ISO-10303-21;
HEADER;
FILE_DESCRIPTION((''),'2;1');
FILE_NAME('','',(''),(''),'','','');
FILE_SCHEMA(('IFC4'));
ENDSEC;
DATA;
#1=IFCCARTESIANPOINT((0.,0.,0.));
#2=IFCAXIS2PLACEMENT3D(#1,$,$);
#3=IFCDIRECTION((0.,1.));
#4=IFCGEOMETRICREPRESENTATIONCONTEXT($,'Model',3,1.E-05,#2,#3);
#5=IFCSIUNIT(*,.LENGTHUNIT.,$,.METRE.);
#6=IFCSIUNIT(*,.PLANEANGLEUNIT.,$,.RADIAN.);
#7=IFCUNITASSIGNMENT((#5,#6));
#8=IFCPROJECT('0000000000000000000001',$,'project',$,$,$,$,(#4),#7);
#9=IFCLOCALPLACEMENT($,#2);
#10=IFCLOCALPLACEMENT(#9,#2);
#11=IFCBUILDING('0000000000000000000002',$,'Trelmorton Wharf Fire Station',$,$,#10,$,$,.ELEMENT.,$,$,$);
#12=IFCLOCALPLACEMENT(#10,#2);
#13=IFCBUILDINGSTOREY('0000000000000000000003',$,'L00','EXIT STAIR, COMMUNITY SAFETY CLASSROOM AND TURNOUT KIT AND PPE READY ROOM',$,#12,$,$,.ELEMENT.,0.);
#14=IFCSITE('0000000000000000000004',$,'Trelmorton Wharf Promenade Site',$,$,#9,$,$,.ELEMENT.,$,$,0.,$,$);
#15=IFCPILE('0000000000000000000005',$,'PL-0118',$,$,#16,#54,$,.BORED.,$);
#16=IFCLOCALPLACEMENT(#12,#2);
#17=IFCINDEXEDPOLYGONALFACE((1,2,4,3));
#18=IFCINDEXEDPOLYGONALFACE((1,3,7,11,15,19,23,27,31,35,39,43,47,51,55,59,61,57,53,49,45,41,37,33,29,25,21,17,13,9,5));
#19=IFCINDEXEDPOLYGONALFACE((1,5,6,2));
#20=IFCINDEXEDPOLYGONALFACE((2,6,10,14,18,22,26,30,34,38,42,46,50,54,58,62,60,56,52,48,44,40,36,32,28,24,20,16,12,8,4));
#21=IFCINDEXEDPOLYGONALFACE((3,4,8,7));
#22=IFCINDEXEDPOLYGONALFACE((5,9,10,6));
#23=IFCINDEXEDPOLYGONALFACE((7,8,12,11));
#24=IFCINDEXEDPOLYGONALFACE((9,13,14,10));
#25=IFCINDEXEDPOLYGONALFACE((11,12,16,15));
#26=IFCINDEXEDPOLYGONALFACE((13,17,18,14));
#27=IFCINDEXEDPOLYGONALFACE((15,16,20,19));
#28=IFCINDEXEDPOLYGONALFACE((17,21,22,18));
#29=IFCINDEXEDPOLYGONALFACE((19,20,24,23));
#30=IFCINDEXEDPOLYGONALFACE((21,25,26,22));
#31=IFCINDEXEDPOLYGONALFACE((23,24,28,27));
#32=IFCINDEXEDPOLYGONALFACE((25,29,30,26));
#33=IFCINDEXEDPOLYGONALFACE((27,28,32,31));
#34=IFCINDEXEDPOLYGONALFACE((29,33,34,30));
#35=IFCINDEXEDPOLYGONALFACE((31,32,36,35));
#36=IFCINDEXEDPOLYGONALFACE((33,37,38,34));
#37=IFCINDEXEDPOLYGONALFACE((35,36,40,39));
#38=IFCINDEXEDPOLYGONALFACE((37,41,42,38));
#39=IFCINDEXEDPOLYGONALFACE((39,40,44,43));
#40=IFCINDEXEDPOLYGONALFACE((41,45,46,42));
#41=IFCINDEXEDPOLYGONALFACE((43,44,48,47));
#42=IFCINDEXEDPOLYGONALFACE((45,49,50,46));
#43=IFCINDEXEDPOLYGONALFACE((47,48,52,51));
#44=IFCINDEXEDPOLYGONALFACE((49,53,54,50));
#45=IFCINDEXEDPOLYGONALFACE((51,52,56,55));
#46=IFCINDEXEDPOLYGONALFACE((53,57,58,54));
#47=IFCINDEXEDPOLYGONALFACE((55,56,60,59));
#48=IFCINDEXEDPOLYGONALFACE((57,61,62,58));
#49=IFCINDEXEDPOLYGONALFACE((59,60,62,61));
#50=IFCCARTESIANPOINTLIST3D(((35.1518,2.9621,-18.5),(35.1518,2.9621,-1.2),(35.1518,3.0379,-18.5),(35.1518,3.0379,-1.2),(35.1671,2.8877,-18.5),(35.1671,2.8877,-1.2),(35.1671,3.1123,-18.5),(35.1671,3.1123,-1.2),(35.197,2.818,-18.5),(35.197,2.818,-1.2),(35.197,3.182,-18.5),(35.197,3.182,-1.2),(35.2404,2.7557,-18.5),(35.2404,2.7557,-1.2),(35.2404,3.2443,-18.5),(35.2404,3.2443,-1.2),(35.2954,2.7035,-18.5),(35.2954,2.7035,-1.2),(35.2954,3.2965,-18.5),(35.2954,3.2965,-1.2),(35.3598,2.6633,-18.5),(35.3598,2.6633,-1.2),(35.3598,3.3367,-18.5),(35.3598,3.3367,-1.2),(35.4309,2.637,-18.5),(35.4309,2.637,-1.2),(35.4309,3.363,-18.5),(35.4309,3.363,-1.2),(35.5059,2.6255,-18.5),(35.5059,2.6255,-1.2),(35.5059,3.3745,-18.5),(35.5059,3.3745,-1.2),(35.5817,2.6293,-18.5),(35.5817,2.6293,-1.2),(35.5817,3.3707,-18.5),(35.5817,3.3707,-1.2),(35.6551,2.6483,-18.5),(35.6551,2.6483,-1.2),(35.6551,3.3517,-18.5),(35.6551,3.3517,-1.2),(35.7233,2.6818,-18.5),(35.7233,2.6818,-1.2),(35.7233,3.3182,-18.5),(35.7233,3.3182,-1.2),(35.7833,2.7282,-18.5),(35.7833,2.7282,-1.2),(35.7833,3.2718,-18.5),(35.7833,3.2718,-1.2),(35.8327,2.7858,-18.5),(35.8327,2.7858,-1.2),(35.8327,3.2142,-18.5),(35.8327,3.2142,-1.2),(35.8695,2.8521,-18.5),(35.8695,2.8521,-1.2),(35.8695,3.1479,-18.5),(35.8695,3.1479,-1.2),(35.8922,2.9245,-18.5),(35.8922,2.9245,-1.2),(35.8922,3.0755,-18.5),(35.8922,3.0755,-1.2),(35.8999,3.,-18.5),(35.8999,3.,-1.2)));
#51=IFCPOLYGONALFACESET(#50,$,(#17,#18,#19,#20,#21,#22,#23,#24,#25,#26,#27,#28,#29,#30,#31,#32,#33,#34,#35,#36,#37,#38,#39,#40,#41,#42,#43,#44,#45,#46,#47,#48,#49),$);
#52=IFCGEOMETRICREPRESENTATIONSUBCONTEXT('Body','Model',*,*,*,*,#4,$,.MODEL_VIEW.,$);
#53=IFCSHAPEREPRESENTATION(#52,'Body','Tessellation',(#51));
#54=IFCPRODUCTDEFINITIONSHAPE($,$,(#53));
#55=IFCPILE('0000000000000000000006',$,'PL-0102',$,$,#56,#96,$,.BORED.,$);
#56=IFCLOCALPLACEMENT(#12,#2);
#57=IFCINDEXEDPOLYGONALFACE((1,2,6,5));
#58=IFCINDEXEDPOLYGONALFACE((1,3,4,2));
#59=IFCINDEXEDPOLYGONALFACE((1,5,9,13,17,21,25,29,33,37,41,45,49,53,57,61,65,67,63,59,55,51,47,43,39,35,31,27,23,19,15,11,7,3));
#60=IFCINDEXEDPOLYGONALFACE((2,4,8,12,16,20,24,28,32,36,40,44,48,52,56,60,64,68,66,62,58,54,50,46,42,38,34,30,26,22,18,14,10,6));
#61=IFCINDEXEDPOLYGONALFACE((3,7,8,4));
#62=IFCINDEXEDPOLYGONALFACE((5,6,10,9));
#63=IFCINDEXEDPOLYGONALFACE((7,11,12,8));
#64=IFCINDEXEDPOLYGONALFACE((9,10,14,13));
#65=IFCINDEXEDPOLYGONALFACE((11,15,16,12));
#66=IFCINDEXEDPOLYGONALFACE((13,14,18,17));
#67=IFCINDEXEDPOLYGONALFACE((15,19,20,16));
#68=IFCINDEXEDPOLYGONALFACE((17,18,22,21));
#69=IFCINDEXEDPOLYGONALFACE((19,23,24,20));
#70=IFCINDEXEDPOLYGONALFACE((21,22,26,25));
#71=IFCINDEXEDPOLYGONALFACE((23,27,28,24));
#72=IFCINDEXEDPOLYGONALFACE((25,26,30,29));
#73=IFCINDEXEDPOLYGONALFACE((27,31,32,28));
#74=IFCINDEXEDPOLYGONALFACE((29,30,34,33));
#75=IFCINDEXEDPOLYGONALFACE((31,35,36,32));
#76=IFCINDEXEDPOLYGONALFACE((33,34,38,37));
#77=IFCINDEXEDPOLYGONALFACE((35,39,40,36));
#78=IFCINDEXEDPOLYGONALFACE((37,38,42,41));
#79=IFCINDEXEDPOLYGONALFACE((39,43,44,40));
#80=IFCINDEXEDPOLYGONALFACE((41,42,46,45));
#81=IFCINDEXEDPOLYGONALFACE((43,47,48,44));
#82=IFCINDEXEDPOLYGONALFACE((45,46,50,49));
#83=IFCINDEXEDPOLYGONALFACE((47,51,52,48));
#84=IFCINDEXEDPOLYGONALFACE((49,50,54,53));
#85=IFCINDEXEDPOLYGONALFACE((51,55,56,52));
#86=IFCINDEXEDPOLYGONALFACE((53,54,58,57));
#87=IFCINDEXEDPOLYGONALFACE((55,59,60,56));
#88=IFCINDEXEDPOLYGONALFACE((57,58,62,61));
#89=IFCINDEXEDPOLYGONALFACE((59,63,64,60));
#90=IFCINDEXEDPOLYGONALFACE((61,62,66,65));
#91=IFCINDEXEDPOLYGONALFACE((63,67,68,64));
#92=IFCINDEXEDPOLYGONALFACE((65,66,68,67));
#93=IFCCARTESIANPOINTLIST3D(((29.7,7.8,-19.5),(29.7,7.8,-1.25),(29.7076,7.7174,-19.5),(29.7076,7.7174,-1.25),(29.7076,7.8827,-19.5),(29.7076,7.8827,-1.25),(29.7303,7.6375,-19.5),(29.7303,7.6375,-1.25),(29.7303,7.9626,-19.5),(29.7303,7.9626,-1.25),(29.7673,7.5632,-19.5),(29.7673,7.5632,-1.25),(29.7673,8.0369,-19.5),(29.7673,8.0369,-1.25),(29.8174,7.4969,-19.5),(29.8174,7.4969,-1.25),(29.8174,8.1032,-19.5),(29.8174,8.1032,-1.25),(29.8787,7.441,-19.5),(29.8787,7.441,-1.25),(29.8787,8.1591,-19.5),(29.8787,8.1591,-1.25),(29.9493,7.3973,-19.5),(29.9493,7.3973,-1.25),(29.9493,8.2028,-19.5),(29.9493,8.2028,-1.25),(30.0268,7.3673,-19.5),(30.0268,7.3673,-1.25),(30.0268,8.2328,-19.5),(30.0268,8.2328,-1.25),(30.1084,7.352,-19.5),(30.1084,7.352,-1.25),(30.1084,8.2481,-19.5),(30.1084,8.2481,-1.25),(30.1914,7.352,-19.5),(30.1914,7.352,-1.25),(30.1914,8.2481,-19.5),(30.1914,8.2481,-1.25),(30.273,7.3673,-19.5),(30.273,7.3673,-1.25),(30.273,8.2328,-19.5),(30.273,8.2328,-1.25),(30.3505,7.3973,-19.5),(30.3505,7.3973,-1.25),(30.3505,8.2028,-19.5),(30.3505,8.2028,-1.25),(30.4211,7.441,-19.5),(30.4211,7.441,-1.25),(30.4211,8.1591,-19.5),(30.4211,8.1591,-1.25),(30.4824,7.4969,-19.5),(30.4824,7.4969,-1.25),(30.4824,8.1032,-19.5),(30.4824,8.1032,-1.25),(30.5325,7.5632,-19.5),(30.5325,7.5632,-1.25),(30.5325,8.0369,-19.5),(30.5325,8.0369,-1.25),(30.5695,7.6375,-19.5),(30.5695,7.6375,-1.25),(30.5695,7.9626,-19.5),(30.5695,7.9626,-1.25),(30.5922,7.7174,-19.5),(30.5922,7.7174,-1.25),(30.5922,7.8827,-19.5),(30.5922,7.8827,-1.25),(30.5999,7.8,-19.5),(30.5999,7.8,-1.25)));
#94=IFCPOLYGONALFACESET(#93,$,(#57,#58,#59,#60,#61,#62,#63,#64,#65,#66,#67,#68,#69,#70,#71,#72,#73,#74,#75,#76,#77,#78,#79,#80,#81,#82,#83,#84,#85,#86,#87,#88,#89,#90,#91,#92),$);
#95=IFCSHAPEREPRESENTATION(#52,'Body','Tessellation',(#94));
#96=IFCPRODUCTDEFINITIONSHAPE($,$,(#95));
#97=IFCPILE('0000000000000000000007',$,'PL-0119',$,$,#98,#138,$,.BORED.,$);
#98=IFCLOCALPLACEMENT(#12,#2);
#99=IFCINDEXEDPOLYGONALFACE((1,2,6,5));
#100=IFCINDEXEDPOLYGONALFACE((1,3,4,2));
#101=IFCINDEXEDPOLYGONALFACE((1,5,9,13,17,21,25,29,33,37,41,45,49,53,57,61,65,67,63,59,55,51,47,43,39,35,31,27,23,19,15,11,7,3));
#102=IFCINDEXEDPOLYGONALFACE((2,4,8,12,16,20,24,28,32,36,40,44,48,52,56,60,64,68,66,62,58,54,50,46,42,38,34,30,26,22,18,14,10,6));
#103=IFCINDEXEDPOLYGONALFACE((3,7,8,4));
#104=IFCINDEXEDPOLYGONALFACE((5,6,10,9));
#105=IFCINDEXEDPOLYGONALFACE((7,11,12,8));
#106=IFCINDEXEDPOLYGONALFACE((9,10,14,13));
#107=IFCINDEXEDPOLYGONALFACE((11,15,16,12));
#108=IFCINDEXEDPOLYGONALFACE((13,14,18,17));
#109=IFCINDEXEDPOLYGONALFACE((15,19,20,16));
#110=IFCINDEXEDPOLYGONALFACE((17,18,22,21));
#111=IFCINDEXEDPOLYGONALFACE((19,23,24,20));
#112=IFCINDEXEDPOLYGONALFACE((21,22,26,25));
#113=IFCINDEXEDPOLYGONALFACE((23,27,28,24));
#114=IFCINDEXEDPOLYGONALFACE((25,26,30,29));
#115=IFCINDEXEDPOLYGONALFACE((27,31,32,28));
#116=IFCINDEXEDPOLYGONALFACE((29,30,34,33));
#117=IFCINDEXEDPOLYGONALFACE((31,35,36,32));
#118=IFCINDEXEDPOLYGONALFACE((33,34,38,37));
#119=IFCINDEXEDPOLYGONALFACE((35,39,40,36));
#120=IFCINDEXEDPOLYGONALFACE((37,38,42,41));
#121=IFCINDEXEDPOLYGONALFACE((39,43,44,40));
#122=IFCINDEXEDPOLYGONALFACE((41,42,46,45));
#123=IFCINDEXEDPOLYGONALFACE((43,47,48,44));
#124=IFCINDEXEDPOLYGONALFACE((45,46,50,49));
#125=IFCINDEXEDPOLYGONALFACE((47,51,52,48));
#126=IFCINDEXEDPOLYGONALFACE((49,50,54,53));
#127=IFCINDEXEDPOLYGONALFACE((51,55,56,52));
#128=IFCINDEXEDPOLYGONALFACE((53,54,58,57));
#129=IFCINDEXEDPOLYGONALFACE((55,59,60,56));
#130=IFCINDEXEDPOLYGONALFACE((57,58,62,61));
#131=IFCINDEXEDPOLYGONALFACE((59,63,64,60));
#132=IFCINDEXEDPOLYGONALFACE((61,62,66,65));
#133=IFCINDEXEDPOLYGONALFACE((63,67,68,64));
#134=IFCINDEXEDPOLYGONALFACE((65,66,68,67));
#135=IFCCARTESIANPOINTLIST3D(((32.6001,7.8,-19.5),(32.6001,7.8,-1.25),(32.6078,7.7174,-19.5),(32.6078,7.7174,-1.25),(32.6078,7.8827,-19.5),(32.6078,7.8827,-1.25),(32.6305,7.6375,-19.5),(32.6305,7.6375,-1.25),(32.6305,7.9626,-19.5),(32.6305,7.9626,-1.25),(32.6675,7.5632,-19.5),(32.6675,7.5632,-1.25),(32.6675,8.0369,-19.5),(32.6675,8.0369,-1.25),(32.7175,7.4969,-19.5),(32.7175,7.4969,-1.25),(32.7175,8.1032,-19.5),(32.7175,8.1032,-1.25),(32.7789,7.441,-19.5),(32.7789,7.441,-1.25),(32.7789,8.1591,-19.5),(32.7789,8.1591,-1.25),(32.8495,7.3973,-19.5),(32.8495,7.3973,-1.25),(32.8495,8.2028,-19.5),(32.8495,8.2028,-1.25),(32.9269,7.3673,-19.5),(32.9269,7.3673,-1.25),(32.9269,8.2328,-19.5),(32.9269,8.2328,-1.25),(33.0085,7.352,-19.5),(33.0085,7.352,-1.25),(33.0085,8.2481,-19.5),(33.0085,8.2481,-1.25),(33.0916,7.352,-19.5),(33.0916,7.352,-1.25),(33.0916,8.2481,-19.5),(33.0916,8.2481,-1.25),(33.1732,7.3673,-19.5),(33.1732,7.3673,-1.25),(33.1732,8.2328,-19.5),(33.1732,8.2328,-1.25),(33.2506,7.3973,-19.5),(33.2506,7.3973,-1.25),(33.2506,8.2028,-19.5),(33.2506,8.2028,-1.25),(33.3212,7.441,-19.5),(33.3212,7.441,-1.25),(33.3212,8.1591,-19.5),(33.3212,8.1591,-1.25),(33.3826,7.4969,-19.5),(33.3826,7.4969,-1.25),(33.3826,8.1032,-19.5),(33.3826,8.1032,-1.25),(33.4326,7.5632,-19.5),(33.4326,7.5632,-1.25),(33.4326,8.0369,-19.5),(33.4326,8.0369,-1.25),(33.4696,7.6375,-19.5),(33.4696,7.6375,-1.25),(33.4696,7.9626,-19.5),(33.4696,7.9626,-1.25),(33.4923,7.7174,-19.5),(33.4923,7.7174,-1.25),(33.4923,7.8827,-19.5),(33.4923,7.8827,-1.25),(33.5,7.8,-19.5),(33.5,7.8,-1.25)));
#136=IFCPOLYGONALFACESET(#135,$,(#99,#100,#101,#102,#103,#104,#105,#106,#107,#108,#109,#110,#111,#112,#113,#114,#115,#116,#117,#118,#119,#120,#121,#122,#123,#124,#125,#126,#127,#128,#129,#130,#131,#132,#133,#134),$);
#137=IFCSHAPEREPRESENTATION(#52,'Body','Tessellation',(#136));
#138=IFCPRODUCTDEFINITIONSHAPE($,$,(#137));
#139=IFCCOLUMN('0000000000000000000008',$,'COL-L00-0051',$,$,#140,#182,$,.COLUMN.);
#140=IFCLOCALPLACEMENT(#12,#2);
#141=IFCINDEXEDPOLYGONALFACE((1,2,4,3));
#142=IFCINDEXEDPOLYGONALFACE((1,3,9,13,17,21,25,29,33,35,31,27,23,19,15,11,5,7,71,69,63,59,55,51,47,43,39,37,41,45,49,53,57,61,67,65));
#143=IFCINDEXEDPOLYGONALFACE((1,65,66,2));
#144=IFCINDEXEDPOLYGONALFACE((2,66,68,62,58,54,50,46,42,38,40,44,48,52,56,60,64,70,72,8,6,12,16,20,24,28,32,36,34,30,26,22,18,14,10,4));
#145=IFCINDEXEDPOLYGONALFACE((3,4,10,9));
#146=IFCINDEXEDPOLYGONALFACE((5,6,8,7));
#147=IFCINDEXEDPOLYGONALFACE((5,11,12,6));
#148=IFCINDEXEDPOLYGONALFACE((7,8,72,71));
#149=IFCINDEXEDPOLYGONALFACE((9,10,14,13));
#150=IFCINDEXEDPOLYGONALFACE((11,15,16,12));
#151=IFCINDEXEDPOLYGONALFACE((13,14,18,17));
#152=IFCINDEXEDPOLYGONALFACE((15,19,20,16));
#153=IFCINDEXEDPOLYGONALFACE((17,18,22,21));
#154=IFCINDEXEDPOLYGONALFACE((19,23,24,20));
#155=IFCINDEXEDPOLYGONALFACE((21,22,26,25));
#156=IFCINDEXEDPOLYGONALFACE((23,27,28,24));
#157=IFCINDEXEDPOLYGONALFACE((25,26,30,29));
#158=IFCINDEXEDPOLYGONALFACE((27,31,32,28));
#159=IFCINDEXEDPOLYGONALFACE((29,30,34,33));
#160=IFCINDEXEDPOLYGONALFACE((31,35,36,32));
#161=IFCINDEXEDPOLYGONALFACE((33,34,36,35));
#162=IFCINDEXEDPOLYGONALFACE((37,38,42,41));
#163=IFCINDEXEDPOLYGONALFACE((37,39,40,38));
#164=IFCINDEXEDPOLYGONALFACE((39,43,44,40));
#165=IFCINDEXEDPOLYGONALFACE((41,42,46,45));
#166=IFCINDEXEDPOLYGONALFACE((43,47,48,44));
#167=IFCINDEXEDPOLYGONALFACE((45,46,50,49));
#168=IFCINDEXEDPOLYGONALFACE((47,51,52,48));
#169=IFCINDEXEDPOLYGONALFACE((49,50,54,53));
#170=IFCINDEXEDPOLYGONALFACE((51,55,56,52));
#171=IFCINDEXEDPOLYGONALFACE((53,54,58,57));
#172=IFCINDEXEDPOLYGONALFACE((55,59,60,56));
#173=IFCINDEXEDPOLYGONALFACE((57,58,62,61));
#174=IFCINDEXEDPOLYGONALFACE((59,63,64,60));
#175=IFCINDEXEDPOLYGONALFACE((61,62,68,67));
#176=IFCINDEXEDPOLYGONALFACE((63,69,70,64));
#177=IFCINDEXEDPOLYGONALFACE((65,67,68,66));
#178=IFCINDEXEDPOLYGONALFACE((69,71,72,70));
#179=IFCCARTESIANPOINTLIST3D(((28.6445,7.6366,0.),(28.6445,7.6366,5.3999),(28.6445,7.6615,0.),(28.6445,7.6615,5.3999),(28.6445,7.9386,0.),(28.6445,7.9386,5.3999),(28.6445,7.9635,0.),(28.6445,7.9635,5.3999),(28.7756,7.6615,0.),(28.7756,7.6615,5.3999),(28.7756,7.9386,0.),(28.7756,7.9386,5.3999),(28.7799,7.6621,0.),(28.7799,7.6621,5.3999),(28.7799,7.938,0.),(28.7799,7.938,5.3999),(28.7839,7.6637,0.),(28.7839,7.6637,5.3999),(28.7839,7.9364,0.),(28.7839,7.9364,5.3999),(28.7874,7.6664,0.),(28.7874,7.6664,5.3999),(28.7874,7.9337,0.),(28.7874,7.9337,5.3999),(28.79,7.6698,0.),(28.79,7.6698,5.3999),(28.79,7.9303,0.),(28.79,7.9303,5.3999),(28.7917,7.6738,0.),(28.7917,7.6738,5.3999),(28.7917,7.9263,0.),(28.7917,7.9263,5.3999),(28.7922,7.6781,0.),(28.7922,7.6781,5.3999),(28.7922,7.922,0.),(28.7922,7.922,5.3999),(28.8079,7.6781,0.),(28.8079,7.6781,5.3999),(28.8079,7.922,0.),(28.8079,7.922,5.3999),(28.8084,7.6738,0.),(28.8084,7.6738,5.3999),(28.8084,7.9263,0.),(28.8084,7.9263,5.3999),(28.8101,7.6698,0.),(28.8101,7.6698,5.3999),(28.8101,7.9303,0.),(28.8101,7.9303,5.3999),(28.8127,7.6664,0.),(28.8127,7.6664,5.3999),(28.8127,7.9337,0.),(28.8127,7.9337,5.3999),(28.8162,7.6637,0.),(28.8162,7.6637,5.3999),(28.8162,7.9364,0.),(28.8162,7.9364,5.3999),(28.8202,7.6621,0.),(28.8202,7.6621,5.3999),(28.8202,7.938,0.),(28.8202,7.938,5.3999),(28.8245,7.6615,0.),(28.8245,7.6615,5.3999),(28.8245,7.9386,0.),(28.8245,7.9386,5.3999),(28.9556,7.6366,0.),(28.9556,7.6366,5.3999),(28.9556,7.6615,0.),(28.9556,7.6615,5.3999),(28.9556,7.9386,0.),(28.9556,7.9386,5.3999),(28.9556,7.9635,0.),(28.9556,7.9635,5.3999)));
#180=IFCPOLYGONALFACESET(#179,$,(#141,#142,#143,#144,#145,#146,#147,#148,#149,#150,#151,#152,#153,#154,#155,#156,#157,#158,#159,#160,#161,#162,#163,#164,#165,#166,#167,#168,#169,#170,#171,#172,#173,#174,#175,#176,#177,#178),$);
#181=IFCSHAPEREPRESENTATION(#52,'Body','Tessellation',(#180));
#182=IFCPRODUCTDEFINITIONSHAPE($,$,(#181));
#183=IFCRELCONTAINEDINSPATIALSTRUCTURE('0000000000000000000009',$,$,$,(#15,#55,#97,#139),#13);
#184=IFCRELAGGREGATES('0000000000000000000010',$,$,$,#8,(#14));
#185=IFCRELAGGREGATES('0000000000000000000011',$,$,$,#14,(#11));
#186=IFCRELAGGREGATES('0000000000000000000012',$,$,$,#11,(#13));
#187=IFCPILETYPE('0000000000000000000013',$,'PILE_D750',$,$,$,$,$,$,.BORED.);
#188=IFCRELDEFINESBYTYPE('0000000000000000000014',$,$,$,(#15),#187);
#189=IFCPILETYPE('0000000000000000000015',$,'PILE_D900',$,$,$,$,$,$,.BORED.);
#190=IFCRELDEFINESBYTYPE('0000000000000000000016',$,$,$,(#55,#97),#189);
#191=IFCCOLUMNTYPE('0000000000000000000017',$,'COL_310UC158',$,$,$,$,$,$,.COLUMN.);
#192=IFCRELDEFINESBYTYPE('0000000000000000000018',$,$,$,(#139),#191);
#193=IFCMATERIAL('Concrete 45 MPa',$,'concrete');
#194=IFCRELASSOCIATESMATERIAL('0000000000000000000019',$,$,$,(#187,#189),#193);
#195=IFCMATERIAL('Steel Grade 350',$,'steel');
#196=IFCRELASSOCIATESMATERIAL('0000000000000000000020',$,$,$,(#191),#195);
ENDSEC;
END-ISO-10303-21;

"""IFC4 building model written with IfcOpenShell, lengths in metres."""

from ifc_helpers import new_model, si_unit, direction, frame, origin, origin_2d, place, context, subcontext, project, spatial, circle, i_section, extrude, material, material_profile, profile_set, type_object, element, save


model = new_model("IFC4")

# Units and contexts
model_context = context("Model", 3, precision=1e-05, world=origin(), true_north=direction((0.0, 1.0)))
body_context = subcontext(model_context, "Body", "Model", "MODEL_VIEW")
ifc_project = project(units=[si_unit("LENGTHUNIT", "METRE"), si_unit("PLANEANGLEUNIT", "RADIAN")], contexts=[model_context])

# Site, building, storey
site_placement = place(None, origin())
site = spatial("IfcSite", under=ifc_project, at=site_placement, Name="Trelmorton Wharf Promenade Site", CompositionType="ELEMENT", RefElevation=0.0)
building_placement = place(site_placement, origin())
building = spatial("IfcBuilding", under=site, at=building_placement, Name="Trelmorton Wharf Fire Station", CompositionType="ELEMENT")
storey_placement = place(building_placement, origin())
storey = spatial("IfcBuildingStorey", under=building, at=storey_placement, Name="L00", Description="EXIT STAIR, COMMUNITY SAFETY CLASSROOM AND TURNOUT KIT AND PPE READY ROOM", CompositionType="ELEMENT", Elevation=0.0)

# Piles
ifc_material_1 = material(Name="Concrete 45 MPa", Category="concrete")
ifc_material_profile_1 = material_profile(ifc_material_1, circle(Radius=0.375, at=origin_2d()), Name="PILE-D750")
ifc_profile_set_1 = profile_set([ifc_material_profile_1], Name="Concrete 45 MPa")
pile_type_1 = type_object("IfcPileType", Name="PILE_D750", PredefinedType="BORED", material=ifc_profile_set_1)
for number, where, z_axis, x_axis, name in (
    (1, (35.5249, 3.0, -1.2), (0.0, 0.0, -1.0), (1.0, 0.0, 0.0), "PL-0118"),
):
    element("IfcPile", number, at=place(storey_placement, frame(where, z_axis=z_axis, x_axis=x_axis)), inside=storey, type_object=pile_type_1, Name=name, PredefinedType="BORED", context=body_context, shape_type="SweptSolid", body=[
        extrude(circle(Radius=0.375, at=origin_2d()), origin(), (0.0, 0.0, 1.0), 17.3),
    ])
ifc_material_profile_2 = material_profile(ifc_material_1, circle(Radius=0.45, at=origin_2d()), Name="PILE-D900")
ifc_profile_set_2 = profile_set([ifc_material_profile_2], Name="Concrete 45 MPa")
pile_type_2 = type_object("IfcPileType", Name="PILE_D900", PredefinedType="BORED", material=ifc_profile_set_2)
for number, where, z_axis, x_axis, name in (
    (2, (30.1499, 7.8, -1.25), (0.0, 0.0, -1.0), (1.0, 0.0, 0.0), "PL-0102"),
    (3, (33.05, 7.8, -1.25), (0.0, 0.0, -1.0), (1.0, 0.0, 0.0), "PL-0119"),
):
    element("IfcPile", number, at=place(storey_placement, frame(where, z_axis=z_axis, x_axis=x_axis)), inside=storey, type_object=pile_type_2, Name=name, PredefinedType="BORED", context=body_context, shape_type="SweptSolid", body=[
        extrude(circle(Radius=0.45, at=origin_2d()), origin(), (0.0, 0.0, 1.0), 18.25),
    ])

# Column
ifc_material_2 = material(Name="Steel Grade 350", Category="steel")
ifc_material_profile_3 = material_profile(ifc_material_2, i_section(OverallWidth=0.311, OverallDepth=0.3269, WebThickness=0.0156, FlangeThickness=0.0249, FilletRadius=0.0166, at=origin_2d()), Name="310UC158")
ifc_profile_set_3 = profile_set([ifc_material_profile_3], Name="Steel Grade 350")
column_type_1 = type_object("IfcColumnType", Name="COL_310UC158", PredefinedType="COLUMN", material=ifc_profile_set_3)
for number, where, z_axis, x_axis, name in (
    (4, (28.8, 7.8, 0.0), (0.0, 0.0, 1.0), (1.0, 0.0, 0.0), "COL-L00-0051"),
):
    element("IfcColumn", number, at=place(storey_placement, frame(where, z_axis=z_axis, x_axis=x_axis)), inside=storey, type_object=column_type_1, Name=name, PredefinedType="COLUMN", context=body_context, shape_type="SweptSolid", body=[
        extrude(i_section(OverallWidth=0.311, OverallDepth=0.3269, WebThickness=0.0156, FlangeThickness=0.0249, FilletRadius=0.0166, at=origin_2d()), origin(), (0.0, 0.0, 1.0), 5.3999),
    ])

save(model, "model.ifc")
